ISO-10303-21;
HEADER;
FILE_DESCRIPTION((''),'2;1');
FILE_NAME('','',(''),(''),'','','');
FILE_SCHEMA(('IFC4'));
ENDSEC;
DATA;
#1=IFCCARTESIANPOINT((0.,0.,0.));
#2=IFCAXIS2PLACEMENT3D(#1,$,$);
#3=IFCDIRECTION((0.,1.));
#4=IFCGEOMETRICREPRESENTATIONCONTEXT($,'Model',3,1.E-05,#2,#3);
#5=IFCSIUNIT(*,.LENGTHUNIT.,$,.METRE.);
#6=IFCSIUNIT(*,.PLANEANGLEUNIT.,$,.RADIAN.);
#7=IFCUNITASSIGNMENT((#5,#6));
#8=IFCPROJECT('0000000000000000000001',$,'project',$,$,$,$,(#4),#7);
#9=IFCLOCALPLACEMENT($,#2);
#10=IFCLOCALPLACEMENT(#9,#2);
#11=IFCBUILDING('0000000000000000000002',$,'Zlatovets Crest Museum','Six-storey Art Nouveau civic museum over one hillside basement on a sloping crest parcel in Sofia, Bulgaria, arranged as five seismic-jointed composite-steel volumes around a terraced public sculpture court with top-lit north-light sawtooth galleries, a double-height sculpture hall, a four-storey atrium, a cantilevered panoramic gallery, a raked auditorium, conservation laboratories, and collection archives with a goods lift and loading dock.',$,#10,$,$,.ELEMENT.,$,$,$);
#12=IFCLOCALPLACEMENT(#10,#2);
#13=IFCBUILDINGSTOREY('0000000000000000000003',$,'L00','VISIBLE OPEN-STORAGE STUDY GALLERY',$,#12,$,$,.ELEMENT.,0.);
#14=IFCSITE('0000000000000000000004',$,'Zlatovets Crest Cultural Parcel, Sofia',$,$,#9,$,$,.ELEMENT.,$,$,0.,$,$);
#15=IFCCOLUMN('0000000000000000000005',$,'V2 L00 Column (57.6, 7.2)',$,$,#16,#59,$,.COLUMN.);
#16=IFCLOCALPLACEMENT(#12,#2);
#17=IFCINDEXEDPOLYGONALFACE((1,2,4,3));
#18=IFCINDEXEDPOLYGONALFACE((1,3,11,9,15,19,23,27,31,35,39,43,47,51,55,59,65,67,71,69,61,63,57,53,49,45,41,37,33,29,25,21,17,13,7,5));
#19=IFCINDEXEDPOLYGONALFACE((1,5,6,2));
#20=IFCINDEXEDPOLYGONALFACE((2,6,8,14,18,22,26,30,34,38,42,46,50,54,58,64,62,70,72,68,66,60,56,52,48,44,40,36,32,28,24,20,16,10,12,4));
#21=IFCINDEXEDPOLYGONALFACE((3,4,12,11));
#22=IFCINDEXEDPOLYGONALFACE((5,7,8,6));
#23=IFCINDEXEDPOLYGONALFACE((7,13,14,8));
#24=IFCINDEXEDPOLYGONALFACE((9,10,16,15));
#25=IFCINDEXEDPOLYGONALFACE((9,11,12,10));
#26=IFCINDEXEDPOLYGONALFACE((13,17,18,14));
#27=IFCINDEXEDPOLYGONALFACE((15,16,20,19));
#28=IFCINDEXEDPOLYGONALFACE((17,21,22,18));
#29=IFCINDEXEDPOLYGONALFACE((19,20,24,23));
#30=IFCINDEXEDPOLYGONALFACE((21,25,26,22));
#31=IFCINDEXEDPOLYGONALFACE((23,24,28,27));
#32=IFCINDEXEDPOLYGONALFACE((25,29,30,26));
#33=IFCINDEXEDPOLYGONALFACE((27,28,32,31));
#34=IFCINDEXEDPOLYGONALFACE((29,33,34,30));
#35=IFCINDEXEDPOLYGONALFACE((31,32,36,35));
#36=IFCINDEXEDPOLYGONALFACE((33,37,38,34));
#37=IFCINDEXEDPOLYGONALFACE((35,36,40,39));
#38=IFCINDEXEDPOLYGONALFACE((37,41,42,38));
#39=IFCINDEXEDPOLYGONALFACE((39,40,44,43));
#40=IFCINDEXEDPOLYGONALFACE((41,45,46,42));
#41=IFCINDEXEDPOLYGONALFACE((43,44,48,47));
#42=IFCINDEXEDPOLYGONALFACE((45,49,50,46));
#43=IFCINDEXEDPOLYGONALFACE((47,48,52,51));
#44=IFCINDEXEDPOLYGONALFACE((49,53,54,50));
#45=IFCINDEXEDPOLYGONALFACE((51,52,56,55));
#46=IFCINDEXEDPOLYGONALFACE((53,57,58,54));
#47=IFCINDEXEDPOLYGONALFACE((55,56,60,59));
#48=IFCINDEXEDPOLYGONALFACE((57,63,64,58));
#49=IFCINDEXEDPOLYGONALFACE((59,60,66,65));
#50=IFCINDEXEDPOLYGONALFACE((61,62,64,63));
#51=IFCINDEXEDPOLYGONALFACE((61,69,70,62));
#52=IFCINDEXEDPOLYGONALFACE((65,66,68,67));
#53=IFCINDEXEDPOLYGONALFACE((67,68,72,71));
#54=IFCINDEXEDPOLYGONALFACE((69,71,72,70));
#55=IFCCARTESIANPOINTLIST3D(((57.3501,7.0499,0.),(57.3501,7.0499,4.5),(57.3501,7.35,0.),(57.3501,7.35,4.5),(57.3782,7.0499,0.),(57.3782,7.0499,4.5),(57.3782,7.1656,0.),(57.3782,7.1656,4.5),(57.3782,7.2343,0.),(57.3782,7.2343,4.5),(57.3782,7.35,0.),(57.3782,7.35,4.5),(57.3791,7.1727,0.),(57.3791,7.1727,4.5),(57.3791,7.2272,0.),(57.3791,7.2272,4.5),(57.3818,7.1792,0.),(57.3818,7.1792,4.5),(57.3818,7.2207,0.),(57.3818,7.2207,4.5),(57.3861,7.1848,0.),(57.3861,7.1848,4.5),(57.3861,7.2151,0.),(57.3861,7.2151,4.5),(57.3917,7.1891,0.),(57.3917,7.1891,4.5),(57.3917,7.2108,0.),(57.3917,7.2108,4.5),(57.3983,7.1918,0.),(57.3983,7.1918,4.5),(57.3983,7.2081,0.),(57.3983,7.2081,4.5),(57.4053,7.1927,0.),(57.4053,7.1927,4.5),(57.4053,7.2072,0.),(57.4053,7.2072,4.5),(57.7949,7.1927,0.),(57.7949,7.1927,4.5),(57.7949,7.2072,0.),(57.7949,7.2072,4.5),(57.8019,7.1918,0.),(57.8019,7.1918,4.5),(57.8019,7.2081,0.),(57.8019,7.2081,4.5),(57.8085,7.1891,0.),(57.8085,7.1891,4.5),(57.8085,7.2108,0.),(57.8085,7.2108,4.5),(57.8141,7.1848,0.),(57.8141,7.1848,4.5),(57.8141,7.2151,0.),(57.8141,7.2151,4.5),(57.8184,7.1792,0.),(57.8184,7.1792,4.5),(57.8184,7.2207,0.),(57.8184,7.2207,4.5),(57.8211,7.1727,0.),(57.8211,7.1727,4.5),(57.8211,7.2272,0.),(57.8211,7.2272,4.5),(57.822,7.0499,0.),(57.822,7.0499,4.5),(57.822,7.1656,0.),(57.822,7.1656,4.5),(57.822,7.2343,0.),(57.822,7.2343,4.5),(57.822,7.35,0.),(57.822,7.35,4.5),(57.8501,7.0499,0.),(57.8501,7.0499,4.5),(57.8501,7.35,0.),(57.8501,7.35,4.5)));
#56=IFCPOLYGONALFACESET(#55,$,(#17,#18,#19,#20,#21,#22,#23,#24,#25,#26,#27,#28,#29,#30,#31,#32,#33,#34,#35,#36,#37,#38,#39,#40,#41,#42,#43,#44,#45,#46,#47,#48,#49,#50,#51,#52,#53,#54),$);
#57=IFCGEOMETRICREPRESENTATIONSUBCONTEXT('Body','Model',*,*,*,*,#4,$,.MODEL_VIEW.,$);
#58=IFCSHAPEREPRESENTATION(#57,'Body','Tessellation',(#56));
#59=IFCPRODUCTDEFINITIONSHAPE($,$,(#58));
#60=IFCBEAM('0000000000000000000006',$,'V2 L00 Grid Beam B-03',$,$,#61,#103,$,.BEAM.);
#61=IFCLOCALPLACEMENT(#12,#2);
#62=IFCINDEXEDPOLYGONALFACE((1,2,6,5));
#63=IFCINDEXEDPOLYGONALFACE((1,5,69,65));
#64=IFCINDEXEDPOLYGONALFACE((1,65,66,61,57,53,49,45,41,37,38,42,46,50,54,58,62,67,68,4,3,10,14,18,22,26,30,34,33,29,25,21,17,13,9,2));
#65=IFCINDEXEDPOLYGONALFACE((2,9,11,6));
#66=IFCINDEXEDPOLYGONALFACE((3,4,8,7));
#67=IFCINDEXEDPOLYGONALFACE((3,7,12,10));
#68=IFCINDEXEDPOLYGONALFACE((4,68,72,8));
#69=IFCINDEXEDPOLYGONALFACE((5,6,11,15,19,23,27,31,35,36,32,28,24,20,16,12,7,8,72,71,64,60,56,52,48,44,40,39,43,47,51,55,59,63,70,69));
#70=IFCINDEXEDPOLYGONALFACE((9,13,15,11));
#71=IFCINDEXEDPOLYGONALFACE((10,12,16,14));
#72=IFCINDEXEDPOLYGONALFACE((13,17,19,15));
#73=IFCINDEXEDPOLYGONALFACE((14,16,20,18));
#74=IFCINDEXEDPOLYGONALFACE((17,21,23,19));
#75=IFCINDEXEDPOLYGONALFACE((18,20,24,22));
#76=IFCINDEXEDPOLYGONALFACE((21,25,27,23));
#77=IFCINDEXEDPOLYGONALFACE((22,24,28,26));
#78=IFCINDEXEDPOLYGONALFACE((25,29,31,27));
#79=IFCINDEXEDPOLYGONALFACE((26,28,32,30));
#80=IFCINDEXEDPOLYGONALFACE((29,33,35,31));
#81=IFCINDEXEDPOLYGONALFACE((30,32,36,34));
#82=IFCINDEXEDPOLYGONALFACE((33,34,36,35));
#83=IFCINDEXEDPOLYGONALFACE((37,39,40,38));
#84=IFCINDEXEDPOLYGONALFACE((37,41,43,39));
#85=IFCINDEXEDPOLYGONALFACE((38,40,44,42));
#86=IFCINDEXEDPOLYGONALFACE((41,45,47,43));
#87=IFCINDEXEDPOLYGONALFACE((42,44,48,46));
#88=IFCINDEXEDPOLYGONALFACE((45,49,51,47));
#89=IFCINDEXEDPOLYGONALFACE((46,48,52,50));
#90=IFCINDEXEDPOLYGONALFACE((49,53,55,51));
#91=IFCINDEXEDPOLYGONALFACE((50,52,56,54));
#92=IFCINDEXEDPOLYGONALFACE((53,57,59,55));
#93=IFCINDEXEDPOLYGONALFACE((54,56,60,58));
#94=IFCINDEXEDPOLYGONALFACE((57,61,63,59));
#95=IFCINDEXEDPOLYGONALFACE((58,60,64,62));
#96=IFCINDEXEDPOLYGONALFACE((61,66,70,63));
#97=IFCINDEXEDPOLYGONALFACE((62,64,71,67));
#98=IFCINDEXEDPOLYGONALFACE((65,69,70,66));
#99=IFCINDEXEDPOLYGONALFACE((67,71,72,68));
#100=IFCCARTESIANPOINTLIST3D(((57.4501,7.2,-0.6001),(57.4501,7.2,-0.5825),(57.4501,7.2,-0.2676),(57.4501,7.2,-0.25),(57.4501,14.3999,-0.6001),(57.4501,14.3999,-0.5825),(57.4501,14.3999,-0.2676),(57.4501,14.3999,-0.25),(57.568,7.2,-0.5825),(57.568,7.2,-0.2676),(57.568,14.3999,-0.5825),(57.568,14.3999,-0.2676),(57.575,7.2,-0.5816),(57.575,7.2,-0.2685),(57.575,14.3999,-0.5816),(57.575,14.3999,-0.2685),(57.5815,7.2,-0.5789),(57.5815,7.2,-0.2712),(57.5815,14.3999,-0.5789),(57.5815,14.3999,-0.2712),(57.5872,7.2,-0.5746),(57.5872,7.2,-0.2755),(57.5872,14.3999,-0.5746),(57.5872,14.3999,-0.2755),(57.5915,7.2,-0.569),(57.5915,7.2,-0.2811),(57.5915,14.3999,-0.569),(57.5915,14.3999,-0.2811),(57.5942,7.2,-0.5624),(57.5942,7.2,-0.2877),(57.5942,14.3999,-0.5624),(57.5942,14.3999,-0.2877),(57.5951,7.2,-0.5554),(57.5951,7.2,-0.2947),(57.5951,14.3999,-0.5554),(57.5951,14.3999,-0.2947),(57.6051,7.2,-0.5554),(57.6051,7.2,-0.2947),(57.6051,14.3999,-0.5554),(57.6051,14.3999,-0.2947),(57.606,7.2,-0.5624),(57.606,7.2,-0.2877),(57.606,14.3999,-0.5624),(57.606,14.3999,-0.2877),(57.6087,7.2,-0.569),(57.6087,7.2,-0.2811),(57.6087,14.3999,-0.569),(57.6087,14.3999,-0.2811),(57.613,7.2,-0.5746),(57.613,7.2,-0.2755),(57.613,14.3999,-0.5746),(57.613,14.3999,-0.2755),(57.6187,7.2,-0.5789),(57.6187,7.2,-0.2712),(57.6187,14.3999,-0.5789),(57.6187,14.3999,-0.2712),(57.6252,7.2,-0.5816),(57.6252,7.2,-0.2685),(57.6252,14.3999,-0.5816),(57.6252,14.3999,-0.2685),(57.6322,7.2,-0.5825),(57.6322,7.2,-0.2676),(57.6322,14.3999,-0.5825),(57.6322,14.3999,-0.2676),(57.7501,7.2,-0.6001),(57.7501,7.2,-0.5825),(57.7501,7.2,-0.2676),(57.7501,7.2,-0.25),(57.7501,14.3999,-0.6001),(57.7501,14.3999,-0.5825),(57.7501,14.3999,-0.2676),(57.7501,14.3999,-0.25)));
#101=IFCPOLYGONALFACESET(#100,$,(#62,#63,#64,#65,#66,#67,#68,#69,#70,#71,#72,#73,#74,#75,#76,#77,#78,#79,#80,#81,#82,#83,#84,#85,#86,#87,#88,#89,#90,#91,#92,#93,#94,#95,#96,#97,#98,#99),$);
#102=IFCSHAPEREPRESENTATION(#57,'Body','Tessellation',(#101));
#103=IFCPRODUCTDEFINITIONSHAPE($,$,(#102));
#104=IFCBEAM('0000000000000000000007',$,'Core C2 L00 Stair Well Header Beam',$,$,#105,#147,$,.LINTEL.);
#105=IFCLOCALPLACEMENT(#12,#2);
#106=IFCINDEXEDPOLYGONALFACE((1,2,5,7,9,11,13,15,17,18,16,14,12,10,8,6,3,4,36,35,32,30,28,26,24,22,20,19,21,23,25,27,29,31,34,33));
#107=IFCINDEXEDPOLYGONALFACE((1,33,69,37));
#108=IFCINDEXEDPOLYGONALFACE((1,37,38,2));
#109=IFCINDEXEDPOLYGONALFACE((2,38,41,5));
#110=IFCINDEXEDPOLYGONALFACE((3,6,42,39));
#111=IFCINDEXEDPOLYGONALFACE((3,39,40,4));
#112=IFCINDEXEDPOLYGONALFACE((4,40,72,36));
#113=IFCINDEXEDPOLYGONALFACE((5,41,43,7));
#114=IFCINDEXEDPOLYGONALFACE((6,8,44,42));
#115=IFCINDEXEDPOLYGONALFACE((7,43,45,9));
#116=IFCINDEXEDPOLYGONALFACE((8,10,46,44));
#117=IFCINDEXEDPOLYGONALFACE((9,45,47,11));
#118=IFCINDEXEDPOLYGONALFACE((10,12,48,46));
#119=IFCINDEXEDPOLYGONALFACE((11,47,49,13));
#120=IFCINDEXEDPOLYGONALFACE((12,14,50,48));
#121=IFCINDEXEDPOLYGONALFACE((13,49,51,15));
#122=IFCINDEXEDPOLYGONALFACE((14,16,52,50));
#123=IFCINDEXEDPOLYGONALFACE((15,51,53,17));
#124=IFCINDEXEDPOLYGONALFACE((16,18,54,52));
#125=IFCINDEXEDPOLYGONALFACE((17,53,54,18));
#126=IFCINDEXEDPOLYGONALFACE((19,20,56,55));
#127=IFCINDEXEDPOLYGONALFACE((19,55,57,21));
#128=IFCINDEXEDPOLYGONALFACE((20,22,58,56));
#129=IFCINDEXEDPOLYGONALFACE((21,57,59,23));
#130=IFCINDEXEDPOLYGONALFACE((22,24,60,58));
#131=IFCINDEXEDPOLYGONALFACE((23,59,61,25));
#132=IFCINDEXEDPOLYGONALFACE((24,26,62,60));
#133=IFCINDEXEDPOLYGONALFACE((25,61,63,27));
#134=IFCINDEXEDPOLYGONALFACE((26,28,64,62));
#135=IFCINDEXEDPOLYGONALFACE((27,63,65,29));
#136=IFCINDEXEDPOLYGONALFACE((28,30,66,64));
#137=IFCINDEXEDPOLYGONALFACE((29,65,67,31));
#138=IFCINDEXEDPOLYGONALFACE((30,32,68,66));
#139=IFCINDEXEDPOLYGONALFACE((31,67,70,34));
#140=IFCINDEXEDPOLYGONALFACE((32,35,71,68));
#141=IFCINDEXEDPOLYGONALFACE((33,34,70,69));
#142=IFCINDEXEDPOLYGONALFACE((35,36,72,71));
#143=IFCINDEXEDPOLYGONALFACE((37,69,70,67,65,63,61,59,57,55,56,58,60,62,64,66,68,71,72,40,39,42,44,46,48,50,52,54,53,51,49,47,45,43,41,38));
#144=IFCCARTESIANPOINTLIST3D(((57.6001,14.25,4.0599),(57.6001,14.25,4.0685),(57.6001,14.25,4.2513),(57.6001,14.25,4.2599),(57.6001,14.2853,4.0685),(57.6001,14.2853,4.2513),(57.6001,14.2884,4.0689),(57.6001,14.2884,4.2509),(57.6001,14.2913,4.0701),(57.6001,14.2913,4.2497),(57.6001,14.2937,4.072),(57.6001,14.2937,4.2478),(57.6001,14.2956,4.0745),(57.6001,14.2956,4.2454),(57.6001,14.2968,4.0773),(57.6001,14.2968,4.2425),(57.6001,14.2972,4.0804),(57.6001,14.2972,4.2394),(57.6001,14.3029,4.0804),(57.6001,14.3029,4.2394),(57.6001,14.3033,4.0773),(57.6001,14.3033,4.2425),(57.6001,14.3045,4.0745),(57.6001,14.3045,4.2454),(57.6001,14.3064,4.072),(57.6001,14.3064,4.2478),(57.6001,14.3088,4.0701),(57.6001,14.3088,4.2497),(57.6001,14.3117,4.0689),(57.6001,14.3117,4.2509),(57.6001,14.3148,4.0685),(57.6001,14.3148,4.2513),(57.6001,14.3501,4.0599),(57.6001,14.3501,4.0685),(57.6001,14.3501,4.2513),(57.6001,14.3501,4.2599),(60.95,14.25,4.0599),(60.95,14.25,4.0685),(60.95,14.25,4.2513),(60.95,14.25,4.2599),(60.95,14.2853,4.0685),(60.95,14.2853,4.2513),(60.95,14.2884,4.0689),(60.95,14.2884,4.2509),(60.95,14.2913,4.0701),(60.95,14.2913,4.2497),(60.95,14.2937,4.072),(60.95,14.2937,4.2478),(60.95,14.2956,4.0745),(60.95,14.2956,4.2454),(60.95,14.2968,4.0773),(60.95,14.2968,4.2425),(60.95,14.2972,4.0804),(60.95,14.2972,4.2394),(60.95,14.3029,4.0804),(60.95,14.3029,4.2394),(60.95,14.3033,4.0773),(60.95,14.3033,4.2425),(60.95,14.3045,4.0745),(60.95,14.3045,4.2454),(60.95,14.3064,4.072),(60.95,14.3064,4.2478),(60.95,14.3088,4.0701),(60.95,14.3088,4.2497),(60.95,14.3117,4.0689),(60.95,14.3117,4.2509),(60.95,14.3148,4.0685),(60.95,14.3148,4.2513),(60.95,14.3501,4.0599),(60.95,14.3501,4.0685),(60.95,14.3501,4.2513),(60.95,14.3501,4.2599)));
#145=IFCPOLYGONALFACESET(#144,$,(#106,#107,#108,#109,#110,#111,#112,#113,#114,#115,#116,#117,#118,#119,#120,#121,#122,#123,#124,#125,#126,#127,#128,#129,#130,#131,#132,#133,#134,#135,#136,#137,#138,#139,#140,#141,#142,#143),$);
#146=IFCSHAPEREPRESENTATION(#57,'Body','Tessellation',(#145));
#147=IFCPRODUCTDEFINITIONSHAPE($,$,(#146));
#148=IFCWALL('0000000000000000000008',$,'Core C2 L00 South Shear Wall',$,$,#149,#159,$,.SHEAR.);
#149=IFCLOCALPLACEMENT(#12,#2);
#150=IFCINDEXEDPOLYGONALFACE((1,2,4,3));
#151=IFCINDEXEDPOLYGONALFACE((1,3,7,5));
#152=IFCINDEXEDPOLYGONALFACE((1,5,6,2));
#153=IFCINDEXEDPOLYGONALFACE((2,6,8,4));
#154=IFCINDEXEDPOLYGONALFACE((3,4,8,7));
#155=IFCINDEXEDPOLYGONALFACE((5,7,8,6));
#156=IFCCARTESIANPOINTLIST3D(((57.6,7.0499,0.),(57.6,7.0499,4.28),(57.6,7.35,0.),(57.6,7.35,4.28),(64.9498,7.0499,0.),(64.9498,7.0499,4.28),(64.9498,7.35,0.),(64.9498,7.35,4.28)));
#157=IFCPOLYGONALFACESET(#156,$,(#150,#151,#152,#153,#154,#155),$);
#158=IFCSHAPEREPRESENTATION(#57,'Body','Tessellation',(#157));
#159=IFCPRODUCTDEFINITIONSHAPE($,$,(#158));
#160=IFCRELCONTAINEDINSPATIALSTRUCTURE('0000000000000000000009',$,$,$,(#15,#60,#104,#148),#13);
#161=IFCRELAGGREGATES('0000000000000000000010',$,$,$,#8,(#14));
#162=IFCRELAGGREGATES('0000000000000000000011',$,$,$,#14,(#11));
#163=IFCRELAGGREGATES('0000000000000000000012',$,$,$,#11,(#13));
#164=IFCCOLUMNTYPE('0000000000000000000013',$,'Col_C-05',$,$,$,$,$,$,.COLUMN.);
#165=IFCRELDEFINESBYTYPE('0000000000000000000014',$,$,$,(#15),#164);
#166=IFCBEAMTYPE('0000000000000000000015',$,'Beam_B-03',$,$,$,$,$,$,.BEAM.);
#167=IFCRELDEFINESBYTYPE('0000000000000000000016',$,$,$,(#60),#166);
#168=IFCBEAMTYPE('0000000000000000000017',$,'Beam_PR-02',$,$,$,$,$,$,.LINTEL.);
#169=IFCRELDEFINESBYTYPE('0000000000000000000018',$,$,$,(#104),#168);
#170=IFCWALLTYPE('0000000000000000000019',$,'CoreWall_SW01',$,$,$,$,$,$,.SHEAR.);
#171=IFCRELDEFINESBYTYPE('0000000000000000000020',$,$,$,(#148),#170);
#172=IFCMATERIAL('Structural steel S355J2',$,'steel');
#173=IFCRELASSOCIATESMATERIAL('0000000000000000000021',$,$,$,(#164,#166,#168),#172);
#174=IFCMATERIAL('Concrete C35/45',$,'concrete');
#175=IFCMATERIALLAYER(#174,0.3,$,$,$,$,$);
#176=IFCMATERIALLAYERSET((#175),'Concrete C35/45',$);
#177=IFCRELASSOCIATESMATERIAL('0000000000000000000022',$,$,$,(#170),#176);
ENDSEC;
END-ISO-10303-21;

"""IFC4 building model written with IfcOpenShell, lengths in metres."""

from ifc_helpers import new_model, si_unit, direction, frame, frame_2d, origin, origin_2d, place, context, subcontext, project, spatial, rectangle, i_section, extrude, material, layer, layer_set, material_profile, profile_set, type_object, element, save


model = new_model("IFC4")

# Units and contexts
model_context = context("Model", 3, precision=1e-05, world=origin(), true_north=direction((0.0, 1.0)))
body_context = subcontext(model_context, "Body", "Model", "MODEL_VIEW")
ifc_project = project(units=[si_unit("LENGTHUNIT", "METRE"), si_unit("PLANEANGLEUNIT", "RADIAN")], contexts=[model_context])

# Site, building, storey
site_placement = place(None, origin())
site = spatial("IfcSite", under=ifc_project, at=site_placement, Name="Zlatovets Crest Cultural Parcel, Sofia", CompositionType="ELEMENT", RefElevation=0.0)
building_placement = place(site_placement, origin())
building = spatial("IfcBuilding", under=site, at=building_placement, Name="Zlatovets Crest Museum", Description="Six-storey Art Nouveau civic museum over one hillside basement on a sloping crest parcel in Sofia, Bulgaria, arranged as five seismic-jointed composite-steel volumes around a terraced public sculpture court with top-lit north-light sawtooth galleries, a double-height sculpture hall, a four-storey atrium, a cantilevered panoramic gallery, a raked auditorium, conservation laboratories, and collection archives with a goods lift and loading dock.", CompositionType="ELEMENT")
storey_placement = place(building_placement, origin())
storey = spatial("IfcBuildingStorey", under=building, at=storey_placement, Name="L00", Description="VISIBLE OPEN-STORAGE STUDY GALLERY", CompositionType="ELEMENT", Elevation=0.0)

# Column
ifc_material_1 = material(Name="Structural steel S355J2", Category="steel")
ifc_material_profile_1 = material_profile(ifc_material_1, i_section(OverallWidth=0.3, OverallDepth=0.5, WebThickness=0.0144, FlangeThickness=0.0281, FilletRadius=0.0271, at=origin_2d()), Name="HEB 500")
ifc_profile_set_1 = profile_set([ifc_material_profile_1], Name="Structural steel S355J2")
column_type = type_object("IfcColumnType", Name="Col_C-05", PredefinedType="COLUMN", material=ifc_profile_set_1)
column_placement = place(storey_placement, frame((57.6001, 7.2, 0.0), z_axis=(0.0, 0.0, 1.0), x_axis=(0.0, 1.0, 0.0)))
element("IfcColumn", 1, at=column_placement, inside=storey, type_object=column_type, Name="V2 L00 Column (57.6, 7.2)", PredefinedType="COLUMN", context=body_context, shape_type="SweptSolid", body=[
    extrude(i_section(OverallWidth=0.3, OverallDepth=0.5, WebThickness=0.0144, FlangeThickness=0.0281, FilletRadius=0.0271, at=origin_2d()), origin(), (0.0, 0.0, 1.0), 4.5),
])

# Beams
ifc_material_profile_2 = material_profile(ifc_material_1, i_section(OverallWidth=0.3, OverallDepth=0.3501, WebThickness=0.01, FlangeThickness=0.0176, FilletRadius=0.0271, at=origin_2d()), Name="HEA 360")
ifc_profile_set_2 = profile_set([ifc_material_profile_2], Name="Structural steel S355J2")
beam_type_1 = type_object("IfcBeamType", Name="Beam_B-03", PredefinedType="BEAM", material=ifc_profile_set_2)
beam_1_placement = place(storey_placement, frame((57.6001, 7.2, -0.425), z_axis=(0.0, 1.0, 0.0), x_axis=(-1.0, 0.0, 0.0)))
element("IfcBeam", 2, at=beam_1_placement, inside=storey, type_object=beam_type_1, Name="V2 L00 Grid Beam B-03", PredefinedType="BEAM", context=body_context, shape_type="SweptSolid", body=[
    extrude(i_section(OverallWidth=0.3, OverallDepth=0.3501, WebThickness=0.01, FlangeThickness=0.0176, FilletRadius=0.0271, at=origin_2d()), origin(), (0.0, 0.0, 1.0), 7.2),
])
ifc_material_profile_3 = material_profile(ifc_material_1, i_section(OverallWidth=0.1001, OverallDepth=0.2, WebThickness=0.0056, FlangeThickness=0.0085, FilletRadius=0.012, at=origin_2d()), Name="IPE 200")
ifc_profile_set_3 = profile_set([ifc_material_profile_3], Name="Structural steel S355J2")
beam_type_2 = type_object("IfcBeamType", Name="Beam_PR-02", PredefinedType="LINTEL", material=ifc_profile_set_3)
beam_2_placement = place(storey_placement, frame((57.6001, 14.3, 4.1599), z_axis=(1.0, 0.0, 0.0), x_axis=(0.0, 1.0, 0.0)))
element("IfcBeam", 3, at=beam_2_placement, inside=storey, type_object=beam_type_2, Name="Core C2 L00 Stair Well Header Beam", PredefinedType="LINTEL", context=body_context, shape_type="SweptSolid", body=[
    extrude(i_section(OverallWidth=0.1001, OverallDepth=0.2, WebThickness=0.0056, FlangeThickness=0.0085, FilletRadius=0.012, at=origin_2d()), origin(), (0.0, 0.0, 1.0), 3.3499),
])

# Wall
ifc_material_2 = material(Name="Concrete C35/45", Category="concrete")
ifc_layer_1 = layer(ifc_material_2, 0.3)
ifc_layer_set_1 = layer_set([ifc_layer_1], Name="Concrete C35/45")
wall_type_1 = type_object("IfcWallType", Name="CoreWall_SW01", PredefinedType="SHEAR", material=ifc_layer_set_1)
wall_1_placement = place(storey_placement, frame((57.6001, 7.2, 0.0), z_axis=(0.0, 0.0, 1.0), x_axis=(1.0, 0.0, 0.0)))
element("IfcWall", 4, at=wall_1_placement, inside=storey, type_object=wall_type_1, Name="Core C2 L00 South Shear Wall", PredefinedType="SHEAR", context=body_context, shape_type="SweptSolid", body=[
    extrude(rectangle(XDim=7.3499, YDim=0.3, at=frame_2d((3.6748, 0.0))), origin(), (0.0, 0.0, 1.0), 4.28),
])

save(model, "model.ifc")
